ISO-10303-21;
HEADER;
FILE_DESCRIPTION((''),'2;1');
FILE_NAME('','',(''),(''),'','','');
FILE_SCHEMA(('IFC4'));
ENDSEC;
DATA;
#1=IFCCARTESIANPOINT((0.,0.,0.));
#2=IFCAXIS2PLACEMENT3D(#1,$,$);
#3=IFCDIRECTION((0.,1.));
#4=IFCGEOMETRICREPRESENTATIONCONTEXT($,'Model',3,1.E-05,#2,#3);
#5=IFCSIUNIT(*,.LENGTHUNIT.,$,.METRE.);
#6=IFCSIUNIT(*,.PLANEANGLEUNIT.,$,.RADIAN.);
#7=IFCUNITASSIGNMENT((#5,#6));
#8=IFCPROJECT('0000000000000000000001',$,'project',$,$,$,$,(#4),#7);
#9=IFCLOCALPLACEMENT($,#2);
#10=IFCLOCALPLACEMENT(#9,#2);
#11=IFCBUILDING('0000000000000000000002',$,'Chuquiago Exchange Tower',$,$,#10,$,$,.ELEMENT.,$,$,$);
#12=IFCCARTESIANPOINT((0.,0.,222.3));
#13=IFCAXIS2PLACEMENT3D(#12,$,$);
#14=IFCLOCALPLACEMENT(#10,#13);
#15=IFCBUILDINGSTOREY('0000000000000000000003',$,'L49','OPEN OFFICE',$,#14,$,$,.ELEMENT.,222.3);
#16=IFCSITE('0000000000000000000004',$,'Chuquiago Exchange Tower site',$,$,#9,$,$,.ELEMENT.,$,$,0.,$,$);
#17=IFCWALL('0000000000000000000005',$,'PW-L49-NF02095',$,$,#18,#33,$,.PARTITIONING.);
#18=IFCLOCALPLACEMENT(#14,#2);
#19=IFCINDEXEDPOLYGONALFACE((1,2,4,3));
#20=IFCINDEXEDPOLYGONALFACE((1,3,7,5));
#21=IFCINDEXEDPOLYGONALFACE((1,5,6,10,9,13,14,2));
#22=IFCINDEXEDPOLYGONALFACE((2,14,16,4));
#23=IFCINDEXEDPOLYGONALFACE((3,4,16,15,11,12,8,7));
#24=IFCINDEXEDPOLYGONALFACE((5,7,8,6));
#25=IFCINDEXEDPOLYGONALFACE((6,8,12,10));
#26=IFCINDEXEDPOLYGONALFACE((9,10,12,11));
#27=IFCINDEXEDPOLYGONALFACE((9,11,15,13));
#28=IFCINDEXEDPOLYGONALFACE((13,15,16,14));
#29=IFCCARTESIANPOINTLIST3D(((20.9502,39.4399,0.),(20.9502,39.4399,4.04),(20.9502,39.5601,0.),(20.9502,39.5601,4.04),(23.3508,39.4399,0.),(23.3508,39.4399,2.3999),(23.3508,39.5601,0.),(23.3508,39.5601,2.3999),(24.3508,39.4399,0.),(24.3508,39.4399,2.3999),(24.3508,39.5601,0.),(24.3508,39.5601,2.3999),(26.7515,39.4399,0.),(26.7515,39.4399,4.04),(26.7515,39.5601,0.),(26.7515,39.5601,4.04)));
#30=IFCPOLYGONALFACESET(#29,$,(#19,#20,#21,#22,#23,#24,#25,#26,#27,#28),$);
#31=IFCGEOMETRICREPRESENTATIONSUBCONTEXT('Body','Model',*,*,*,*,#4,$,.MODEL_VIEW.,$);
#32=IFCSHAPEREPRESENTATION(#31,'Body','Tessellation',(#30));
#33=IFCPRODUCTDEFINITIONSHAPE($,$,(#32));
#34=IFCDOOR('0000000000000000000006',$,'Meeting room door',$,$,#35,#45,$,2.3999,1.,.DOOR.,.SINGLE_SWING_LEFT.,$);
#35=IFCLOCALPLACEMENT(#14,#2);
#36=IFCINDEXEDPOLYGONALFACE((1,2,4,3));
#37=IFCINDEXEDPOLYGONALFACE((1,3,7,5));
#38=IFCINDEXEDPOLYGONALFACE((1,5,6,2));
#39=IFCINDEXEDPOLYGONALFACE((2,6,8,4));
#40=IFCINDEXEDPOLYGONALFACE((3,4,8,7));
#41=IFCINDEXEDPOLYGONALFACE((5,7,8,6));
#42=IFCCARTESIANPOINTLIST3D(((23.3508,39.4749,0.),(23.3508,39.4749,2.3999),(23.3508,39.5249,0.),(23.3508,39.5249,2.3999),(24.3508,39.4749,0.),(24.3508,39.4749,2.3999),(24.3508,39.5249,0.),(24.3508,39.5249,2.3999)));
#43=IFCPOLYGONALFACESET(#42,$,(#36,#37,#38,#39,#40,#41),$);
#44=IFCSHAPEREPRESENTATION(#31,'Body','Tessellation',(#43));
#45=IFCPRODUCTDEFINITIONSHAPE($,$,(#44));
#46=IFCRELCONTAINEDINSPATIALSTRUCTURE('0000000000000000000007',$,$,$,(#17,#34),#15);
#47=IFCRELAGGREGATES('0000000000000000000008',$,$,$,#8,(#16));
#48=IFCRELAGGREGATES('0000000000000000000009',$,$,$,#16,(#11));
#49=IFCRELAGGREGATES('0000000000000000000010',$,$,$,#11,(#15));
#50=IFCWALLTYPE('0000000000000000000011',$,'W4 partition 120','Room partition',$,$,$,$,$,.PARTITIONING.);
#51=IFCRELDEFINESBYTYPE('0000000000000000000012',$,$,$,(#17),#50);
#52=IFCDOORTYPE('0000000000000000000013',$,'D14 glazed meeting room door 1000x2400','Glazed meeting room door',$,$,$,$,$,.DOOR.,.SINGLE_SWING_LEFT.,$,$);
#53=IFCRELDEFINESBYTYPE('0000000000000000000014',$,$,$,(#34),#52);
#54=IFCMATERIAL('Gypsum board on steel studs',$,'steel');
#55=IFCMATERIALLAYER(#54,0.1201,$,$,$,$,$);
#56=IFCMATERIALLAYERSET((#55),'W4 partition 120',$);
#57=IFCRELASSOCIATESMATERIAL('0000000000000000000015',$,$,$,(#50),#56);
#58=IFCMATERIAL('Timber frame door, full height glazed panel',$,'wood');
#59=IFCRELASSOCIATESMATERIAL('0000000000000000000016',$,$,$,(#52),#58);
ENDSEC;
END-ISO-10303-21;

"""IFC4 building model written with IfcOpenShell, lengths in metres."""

from ifc_helpers import new_model, si_unit, direction, frame, frame_2d, origin, place, context, subcontext, project, spatial, rectangle, extrude, material, layer, layer_set, type_object, element, fill, save


model = new_model("IFC4")

# Units and contexts
model_context = context("Model", 3, precision=1e-05, world=origin(), true_north=direction((0.0, 1.0)))
body_context = subcontext(model_context, "Body", "Model", "MODEL_VIEW")
ifc_project = project(units=[si_unit("LENGTHUNIT", "METRE"), si_unit("PLANEANGLEUNIT", "RADIAN")], contexts=[model_context])

# Site, building, storey
site_placement = place(None, origin())
site = spatial("IfcSite", under=ifc_project, at=site_placement, Name="Chuquiago Exchange Tower site", CompositionType="ELEMENT", RefElevation=0.0)
building_placement = place(site_placement, origin())
building = spatial("IfcBuilding", under=site, at=building_placement, Name="Chuquiago Exchange Tower", CompositionType="ELEMENT")
storey_placement = place(building_placement, frame((0.0, 0.0, 222.3)))
storey = spatial("IfcBuildingStorey", under=building, at=storey_placement, Name="L49", Description="OPEN OFFICE", CompositionType="ELEMENT", Elevation=222.3)

# Shared definitions
ifc_material_1 = material(Name="Gypsum board on steel studs", Category="steel")
ifc_layer_1 = layer(ifc_material_1, 0.1201)
ifc_layer_set_1 = layer_set([ifc_layer_1], Name="W4 partition 120")
wall_type_1 = type_object("IfcWallType", Name="W4 partition 120", Description="Room partition", PredefinedType="PARTITIONING", material=ifc_layer_set_1)

# Wall, opening, door
wall_1_placement = place(storey_placement, frame((20.9502, 39.5, 0.0), z_axis=(0.0, 0.0, 1.0), x_axis=(1.0, 0.0, 0.0)))
wall_1 = element("IfcWall", 1, at=wall_1_placement, inside=storey, type_object=wall_type_1, Name="PW-L49-NF02095", PredefinedType="PARTITIONING", context=body_context, shape_type="SweptSolid", body=[
    extrude(rectangle(XDim=5.8013, YDim=0.1201, at=frame_2d((2.9006, 0.0))), origin(), (0.0, 0.0, 1.0), 4.04),
])
opening_placement = place(wall_1_placement, frame((2.4006, 0.0, 0.0)))
opening = element("IfcOpeningElement", 2, at=opening_placement, cuts=wall_1, PredefinedType="OPENING", context=body_context, shape_type="SweptSolid", body=[
    extrude(rectangle(XDim=1.0, YDim=2.3999, at=frame_2d((0.5, 1.2))), frame((0.0, 0.0701, 0.0), z_axis=(0.0, -1.0, 0.0), x_axis=(1.0, 0.0, 0.0)), (0.0, 0.0, 1.0), 0.1401),
])
ifc_material_2 = material(Name="Timber frame door, full height glazed panel", Category="wood")
door_type = type_object("IfcDoorType", Name="D14 glazed meeting room door 1000x2400", Description="Glazed meeting room door", OperationType="SINGLE_SWING_LEFT", PredefinedType="DOOR", material=ifc_material_2)
door_placement = place(opening_placement, origin())
door = element("IfcDoor", 3, at=door_placement, inside=storey, type_object=door_type, Name="Meeting room door", OperationType="SINGLE_SWING_LEFT", OverallHeight=2.3999, OverallWidth=1.0, PredefinedType="DOOR", context=body_context, shape_type="SweptSolid", body=[
    extrude(rectangle(XDim=1.0, YDim=2.3999, at=frame_2d((0.5, 1.2))), frame((0.0, 0.0249, 0.0), z_axis=(0.0, -1.0, 0.0), x_axis=(1.0, 0.0, 0.0)), (0.0, 0.0, 1.0), 0.05),
])
fill(opening, door)

save(model, "model.ifc")
